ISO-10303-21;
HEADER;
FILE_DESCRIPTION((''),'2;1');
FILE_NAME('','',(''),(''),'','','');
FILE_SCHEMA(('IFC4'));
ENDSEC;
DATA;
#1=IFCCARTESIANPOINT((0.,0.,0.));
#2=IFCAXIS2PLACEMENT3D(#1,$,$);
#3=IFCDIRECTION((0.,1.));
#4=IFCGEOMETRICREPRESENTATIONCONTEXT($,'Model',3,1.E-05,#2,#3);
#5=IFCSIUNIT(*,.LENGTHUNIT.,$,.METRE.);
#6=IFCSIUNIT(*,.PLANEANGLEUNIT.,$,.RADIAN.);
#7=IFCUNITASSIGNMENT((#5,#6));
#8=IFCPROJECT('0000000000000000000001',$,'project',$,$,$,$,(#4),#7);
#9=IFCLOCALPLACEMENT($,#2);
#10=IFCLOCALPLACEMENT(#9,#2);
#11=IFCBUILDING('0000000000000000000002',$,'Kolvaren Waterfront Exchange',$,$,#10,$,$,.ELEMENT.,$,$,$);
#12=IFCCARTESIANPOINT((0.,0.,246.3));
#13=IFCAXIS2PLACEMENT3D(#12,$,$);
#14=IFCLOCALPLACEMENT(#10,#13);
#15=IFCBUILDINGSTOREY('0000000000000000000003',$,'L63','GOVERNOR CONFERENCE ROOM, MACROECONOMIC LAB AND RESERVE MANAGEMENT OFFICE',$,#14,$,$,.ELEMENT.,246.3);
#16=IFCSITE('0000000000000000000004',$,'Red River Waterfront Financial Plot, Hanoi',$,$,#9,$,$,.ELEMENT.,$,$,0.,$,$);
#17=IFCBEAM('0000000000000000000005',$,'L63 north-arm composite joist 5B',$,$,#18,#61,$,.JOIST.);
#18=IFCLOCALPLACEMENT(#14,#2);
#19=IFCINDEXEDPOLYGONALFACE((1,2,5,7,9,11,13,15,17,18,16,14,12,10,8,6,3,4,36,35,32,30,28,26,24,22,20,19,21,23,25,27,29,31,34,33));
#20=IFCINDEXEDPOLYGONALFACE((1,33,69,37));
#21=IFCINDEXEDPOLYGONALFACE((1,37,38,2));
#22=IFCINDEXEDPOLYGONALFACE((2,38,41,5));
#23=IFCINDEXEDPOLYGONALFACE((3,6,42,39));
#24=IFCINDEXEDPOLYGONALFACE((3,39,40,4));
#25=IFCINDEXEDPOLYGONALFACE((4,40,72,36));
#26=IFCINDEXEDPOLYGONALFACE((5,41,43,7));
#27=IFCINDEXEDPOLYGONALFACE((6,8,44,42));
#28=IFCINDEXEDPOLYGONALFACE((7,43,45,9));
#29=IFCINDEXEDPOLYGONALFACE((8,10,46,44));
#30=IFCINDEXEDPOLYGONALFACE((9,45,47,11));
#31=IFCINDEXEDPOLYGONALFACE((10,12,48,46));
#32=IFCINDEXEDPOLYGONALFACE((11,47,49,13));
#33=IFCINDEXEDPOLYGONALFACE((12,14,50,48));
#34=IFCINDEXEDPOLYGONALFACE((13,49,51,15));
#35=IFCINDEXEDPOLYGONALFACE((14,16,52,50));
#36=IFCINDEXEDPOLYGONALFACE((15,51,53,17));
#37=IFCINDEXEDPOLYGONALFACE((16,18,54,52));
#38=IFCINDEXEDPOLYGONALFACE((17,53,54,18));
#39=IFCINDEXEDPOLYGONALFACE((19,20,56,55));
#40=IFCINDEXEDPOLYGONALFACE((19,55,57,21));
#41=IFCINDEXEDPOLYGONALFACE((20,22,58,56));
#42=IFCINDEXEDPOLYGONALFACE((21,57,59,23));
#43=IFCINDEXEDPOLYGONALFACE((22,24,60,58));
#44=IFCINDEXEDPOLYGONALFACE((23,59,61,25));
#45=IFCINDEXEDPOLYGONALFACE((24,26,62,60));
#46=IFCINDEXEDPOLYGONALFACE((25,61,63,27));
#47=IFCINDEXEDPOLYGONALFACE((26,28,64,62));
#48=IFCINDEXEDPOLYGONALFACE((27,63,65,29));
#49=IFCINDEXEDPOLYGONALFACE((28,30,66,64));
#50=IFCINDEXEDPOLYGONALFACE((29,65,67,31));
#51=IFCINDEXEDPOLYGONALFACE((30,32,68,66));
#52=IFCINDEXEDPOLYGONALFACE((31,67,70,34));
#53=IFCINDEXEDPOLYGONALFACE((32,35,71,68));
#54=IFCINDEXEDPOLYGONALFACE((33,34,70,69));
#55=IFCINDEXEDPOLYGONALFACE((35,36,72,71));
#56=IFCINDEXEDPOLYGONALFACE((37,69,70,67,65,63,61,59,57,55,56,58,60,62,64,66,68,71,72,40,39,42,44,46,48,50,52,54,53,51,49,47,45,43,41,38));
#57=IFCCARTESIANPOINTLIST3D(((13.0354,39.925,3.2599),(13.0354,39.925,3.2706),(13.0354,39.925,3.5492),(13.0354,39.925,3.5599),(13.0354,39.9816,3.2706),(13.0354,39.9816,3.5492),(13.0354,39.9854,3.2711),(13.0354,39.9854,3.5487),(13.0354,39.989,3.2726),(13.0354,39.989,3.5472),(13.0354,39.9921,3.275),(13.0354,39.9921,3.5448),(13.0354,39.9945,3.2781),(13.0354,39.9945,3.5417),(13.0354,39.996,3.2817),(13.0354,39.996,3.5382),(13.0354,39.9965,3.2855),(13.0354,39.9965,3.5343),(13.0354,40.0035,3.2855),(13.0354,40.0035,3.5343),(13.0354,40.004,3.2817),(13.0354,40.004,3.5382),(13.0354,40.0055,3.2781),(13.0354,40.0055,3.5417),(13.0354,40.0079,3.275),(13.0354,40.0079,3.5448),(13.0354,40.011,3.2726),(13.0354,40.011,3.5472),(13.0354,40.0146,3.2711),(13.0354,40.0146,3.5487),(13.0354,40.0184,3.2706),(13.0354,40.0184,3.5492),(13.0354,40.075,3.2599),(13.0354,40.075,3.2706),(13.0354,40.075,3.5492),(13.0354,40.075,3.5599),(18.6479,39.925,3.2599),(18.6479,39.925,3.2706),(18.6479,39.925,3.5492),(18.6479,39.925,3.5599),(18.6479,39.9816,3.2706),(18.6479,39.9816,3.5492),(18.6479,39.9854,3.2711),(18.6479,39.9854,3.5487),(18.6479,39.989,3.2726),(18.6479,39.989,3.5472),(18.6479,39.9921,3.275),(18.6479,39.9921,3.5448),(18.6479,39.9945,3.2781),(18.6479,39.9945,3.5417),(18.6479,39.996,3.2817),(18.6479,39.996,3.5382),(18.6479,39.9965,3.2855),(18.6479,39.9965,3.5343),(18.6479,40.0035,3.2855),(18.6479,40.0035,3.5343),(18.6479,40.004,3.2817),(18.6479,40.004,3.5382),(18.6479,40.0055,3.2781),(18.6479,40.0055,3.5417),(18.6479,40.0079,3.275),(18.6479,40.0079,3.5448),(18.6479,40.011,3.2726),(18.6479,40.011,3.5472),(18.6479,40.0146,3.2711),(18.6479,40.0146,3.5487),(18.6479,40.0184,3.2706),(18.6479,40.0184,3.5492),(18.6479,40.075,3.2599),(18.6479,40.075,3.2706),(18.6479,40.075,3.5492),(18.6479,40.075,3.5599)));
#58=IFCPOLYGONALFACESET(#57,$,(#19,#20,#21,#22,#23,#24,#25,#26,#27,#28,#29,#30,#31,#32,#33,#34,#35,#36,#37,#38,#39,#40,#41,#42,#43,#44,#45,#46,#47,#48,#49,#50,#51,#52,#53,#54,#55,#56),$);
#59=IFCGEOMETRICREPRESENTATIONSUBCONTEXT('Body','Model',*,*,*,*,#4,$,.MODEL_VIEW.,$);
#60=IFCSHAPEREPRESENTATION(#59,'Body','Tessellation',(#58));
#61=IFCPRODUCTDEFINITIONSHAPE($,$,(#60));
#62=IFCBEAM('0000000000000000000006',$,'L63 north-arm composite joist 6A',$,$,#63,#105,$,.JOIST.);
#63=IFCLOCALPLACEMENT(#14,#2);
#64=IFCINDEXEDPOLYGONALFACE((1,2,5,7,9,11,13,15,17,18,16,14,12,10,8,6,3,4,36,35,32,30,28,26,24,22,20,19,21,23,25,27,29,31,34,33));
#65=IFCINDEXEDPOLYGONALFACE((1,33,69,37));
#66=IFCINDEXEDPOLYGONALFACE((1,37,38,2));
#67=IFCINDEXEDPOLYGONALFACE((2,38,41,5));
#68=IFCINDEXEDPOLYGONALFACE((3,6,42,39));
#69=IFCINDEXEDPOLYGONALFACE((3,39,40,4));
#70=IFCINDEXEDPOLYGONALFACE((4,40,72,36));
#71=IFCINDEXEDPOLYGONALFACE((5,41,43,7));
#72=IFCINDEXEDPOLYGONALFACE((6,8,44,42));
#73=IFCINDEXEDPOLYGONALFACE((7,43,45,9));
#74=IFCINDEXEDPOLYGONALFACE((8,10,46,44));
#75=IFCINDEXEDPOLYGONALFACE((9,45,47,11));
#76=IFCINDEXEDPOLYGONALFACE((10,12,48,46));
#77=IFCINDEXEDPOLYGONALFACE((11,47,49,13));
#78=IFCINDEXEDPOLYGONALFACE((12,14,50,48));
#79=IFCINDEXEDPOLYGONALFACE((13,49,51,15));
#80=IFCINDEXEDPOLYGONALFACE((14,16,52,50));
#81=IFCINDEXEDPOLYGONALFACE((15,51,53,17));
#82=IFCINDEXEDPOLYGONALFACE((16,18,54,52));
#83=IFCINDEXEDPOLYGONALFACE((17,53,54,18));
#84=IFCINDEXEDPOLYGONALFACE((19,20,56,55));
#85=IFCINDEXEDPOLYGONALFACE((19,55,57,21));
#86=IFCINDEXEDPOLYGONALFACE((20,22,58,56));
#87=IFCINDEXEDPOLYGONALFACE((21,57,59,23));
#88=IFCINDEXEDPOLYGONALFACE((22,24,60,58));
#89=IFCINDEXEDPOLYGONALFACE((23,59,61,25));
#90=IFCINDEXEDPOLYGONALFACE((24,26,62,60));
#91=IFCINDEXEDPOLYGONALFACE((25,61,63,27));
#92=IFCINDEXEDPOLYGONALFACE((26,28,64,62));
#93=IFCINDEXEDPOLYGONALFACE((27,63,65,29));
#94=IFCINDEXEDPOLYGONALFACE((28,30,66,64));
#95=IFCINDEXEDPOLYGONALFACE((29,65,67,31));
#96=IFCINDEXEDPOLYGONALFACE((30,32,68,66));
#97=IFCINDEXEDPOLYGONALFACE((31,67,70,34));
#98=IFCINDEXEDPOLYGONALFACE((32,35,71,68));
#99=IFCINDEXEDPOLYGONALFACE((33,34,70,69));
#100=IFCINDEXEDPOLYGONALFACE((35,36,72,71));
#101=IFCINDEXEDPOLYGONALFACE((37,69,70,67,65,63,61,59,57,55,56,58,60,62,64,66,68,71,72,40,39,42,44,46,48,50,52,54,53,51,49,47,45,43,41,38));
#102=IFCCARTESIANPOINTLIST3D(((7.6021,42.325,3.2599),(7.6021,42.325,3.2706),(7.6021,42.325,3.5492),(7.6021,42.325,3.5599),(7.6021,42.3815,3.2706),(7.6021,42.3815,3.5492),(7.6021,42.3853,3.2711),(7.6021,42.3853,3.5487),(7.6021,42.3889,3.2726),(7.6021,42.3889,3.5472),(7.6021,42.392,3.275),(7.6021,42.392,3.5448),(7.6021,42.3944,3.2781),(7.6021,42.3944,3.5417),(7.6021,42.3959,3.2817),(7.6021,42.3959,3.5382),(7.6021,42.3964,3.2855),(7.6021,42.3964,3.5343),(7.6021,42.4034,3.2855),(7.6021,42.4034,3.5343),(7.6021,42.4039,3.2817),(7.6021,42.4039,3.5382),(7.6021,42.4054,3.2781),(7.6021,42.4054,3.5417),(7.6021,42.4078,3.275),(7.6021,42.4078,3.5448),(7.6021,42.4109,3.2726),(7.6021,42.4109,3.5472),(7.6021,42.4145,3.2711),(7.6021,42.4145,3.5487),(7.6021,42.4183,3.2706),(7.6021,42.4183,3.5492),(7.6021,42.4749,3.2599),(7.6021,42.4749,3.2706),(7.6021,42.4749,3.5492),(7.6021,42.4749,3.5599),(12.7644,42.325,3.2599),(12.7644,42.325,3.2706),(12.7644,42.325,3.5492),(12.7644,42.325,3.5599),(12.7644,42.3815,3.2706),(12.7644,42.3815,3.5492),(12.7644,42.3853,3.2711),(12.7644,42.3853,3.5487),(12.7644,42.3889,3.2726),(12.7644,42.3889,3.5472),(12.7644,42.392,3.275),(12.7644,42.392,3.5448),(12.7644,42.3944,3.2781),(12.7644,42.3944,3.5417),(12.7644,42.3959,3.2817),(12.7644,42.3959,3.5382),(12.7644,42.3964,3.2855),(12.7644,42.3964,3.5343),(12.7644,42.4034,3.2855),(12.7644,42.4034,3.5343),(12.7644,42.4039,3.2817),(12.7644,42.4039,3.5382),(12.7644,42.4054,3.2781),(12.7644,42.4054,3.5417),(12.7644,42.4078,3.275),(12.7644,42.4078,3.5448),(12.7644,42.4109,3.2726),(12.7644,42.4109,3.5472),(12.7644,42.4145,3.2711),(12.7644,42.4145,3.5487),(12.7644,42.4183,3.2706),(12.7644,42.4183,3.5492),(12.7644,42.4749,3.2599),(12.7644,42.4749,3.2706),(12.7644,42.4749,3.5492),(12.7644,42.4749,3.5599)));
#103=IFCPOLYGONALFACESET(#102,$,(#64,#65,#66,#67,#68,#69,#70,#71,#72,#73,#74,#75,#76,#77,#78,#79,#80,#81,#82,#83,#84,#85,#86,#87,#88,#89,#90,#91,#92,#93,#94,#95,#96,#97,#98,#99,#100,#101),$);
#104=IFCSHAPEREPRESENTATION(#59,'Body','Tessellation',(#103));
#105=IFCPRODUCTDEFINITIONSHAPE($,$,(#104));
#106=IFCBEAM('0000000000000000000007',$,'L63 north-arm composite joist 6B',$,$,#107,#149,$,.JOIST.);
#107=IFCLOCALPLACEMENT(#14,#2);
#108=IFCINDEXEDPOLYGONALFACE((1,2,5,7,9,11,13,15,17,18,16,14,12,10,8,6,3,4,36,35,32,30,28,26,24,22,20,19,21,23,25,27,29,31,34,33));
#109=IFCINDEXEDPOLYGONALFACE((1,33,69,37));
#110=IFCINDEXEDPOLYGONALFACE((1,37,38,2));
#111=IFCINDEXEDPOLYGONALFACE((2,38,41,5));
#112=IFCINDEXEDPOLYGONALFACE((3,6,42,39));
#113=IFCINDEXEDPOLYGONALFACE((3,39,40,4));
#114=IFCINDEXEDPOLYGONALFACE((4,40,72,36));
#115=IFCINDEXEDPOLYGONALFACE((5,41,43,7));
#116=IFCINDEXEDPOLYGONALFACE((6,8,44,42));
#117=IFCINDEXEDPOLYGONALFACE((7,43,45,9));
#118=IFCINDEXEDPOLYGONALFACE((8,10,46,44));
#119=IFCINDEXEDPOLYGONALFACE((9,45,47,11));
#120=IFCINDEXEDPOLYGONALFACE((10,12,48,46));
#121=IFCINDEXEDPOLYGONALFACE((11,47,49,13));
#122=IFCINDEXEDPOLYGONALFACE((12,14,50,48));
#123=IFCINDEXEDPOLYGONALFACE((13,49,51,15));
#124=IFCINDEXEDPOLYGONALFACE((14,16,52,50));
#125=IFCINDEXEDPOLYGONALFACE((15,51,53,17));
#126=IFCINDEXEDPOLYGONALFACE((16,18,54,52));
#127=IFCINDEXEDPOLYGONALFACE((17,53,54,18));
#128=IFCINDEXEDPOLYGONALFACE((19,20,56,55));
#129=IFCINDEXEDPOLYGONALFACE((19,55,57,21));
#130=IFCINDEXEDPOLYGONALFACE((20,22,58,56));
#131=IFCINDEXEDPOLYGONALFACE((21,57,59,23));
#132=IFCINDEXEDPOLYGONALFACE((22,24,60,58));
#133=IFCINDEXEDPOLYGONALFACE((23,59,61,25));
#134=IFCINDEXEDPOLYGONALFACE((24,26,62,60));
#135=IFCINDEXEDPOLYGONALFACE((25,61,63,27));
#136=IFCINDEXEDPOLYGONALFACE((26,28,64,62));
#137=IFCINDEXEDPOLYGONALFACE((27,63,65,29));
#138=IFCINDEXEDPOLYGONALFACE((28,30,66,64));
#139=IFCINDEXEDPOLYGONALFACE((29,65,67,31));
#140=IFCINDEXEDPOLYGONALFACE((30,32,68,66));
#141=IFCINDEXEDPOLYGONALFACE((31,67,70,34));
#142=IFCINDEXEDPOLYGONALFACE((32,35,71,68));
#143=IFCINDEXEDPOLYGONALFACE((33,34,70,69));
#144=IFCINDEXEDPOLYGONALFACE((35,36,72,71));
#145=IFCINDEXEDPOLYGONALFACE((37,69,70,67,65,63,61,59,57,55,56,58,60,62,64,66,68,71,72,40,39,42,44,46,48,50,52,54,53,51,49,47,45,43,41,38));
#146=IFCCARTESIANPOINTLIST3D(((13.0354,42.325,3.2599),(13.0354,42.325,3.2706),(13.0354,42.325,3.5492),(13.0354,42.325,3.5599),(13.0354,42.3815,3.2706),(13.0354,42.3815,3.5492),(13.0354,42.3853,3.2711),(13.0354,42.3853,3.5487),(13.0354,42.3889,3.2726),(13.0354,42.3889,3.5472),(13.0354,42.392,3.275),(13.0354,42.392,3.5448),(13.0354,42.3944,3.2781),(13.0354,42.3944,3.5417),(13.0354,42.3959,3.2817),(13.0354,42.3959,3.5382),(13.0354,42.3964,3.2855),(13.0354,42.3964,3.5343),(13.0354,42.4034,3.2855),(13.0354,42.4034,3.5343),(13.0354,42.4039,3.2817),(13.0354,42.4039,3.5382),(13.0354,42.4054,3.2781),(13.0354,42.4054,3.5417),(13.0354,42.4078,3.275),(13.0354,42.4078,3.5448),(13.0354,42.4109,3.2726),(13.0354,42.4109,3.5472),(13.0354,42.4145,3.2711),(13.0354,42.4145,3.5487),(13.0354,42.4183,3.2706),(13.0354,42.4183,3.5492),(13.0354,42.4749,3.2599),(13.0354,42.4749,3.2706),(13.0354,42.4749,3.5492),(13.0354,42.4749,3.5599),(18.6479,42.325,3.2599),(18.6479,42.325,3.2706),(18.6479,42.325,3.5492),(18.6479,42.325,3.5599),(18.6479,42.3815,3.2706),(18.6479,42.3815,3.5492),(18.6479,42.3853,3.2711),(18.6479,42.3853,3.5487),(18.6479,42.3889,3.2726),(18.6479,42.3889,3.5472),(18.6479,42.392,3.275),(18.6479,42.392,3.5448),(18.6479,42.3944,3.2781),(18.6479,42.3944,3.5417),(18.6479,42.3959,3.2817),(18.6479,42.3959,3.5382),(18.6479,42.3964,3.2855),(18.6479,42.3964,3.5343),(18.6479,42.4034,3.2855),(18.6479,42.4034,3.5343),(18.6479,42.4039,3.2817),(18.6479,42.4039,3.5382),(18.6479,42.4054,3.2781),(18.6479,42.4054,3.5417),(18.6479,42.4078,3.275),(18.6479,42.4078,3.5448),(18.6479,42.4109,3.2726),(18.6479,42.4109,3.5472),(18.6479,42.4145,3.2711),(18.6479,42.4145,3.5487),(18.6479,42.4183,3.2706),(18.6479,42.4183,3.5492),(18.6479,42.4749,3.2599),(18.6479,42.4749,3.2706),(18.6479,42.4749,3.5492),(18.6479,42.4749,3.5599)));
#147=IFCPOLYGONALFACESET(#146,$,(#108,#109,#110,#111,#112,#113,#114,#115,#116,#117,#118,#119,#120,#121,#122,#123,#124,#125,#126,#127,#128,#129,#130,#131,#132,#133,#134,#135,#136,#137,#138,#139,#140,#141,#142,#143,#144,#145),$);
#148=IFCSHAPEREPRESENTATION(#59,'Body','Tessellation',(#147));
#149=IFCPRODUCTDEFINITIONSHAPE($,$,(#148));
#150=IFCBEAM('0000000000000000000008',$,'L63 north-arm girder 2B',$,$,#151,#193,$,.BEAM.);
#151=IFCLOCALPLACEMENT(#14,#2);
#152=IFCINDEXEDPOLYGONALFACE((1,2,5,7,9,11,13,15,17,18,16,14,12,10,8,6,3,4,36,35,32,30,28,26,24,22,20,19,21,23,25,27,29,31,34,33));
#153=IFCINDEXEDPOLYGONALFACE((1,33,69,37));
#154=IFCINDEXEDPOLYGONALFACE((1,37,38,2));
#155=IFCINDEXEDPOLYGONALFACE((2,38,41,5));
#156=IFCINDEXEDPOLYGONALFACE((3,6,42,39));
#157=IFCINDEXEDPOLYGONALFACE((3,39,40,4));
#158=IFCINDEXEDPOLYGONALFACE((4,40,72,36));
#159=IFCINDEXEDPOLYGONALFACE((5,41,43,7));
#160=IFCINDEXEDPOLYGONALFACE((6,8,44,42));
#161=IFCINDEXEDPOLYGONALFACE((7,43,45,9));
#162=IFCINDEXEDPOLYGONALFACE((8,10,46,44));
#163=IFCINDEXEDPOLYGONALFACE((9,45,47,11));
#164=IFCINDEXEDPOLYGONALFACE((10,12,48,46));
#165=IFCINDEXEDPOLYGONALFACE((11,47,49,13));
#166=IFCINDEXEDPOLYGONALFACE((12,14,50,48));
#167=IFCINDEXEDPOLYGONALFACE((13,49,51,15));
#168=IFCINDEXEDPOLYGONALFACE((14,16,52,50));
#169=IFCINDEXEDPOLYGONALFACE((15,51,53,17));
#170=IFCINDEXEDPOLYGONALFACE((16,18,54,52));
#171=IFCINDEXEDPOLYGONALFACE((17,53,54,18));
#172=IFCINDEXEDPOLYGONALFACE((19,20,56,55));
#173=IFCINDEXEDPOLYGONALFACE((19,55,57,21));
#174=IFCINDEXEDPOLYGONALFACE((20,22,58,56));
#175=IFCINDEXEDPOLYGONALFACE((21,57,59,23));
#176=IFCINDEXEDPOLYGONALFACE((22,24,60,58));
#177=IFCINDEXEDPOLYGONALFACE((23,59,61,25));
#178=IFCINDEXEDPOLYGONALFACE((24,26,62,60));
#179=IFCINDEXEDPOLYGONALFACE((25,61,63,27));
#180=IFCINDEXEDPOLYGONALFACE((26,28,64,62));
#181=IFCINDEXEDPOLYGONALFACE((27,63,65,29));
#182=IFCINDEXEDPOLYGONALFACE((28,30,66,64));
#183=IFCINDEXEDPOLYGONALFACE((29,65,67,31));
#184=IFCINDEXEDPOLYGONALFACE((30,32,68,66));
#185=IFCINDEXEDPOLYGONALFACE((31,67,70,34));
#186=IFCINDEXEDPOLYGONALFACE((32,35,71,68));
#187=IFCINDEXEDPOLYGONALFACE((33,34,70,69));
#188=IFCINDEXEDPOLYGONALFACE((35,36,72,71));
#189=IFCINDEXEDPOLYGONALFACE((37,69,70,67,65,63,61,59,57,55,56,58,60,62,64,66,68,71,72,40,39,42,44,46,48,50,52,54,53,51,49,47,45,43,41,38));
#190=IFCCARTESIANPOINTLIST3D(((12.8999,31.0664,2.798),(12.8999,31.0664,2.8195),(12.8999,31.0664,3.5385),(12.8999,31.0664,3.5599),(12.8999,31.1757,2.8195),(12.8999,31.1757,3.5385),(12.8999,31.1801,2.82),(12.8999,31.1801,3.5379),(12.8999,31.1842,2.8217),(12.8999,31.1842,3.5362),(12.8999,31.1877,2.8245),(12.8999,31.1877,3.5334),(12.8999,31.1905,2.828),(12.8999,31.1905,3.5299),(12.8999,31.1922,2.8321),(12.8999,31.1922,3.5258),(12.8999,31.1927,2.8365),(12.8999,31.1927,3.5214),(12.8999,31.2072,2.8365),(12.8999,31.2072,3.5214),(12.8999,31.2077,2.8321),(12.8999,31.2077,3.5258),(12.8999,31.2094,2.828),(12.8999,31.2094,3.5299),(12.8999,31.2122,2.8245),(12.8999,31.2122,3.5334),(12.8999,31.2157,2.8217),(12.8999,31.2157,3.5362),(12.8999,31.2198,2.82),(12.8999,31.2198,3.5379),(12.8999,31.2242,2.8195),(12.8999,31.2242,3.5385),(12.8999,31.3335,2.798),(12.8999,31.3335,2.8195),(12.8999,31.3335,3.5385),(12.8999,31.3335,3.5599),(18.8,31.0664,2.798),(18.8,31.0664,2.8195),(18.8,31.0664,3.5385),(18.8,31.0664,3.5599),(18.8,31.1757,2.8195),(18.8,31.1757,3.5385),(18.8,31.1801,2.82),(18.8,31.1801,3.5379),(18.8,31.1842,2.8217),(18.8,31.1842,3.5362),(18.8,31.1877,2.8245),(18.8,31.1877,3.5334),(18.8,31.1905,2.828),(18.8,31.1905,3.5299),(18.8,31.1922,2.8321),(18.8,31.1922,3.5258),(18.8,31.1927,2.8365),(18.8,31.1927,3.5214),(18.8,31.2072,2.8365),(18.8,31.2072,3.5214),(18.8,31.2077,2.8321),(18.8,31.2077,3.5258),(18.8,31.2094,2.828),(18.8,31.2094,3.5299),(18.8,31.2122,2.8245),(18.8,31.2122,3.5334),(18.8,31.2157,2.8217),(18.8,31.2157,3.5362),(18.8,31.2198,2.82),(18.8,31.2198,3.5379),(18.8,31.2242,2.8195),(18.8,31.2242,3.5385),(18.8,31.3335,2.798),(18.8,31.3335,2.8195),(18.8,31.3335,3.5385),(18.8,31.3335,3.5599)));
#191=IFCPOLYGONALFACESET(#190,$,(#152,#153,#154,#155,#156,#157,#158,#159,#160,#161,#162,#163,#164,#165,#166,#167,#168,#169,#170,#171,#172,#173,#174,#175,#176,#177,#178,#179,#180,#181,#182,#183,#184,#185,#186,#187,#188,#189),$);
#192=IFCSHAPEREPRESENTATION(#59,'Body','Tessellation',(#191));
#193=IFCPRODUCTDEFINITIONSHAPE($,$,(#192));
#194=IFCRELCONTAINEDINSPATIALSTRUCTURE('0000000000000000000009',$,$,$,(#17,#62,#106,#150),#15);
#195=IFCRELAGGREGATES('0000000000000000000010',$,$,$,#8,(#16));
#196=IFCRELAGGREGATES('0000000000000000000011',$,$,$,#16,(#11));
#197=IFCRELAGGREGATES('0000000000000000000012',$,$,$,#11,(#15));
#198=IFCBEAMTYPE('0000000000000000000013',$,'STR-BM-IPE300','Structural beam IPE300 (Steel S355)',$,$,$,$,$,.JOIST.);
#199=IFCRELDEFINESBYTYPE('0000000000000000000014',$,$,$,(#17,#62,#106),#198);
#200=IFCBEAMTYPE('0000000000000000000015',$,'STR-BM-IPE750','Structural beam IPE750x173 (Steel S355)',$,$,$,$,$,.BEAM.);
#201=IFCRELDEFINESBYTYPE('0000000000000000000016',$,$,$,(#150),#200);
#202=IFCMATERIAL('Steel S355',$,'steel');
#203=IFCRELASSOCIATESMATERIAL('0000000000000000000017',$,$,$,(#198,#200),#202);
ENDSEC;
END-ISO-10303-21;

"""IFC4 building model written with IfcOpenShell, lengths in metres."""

from ifc_helpers import new_model, si_unit, direction, frame, origin, origin_2d, place, context, subcontext, project, spatial, i_section, extrude, material, material_profile, profile_set, type_object, element, save


model = new_model("IFC4")

# Units and contexts
model_context = context("Model", 3, precision=1e-05, world=origin(), true_north=direction((0.0, 1.0)))
body_context = subcontext(model_context, "Body", "Model", "MODEL_VIEW")
ifc_project = project(units=[si_unit("LENGTHUNIT", "METRE"), si_unit("PLANEANGLEUNIT", "RADIAN")], contexts=[model_context])

# Site, building, storey
site_placement = place(None, origin())
site = spatial("IfcSite", under=ifc_project, at=site_placement, Name="Red River Waterfront Financial Plot, Hanoi", CompositionType="ELEMENT", RefElevation=0.0)
building_placement = place(site_placement, origin())
building = spatial("IfcBuilding", under=site, at=building_placement, Name="Kolvaren Waterfront Exchange", CompositionType="ELEMENT")
storey_placement = place(building_placement, frame((0.0, 0.0, 246.3)))
storey = spatial("IfcBuildingStorey", under=building, at=storey_placement, Name="L63", Description="GOVERNOR CONFERENCE ROOM, MACROECONOMIC LAB AND RESERVE MANAGEMENT OFFICE", CompositionType="ELEMENT", Elevation=246.3)

# Beams
ifc_material_1 = material(Name="Steel S355", Category="steel")
ifc_material_profile_1 = material_profile(ifc_material_1, i_section(OverallWidth=0.1499, OverallDepth=0.3, WebThickness=0.0071, FlangeThickness=0.0107, FilletRadius=0.0149, at=origin_2d()), Name="IPE300")
ifc_profile_set_1 = profile_set([ifc_material_profile_1], Name="Steel S355")
beam_type_1 = type_object("IfcBeamType", Name="STR-BM-IPE300", Description="Structural beam IPE300 (Steel S355)", PredefinedType="JOIST", material=ifc_profile_set_1)
beam_1_placement = place(storey_placement, frame((13.0354, 40.0, 3.4099), z_axis=(1.0, 0.0, 0.0), x_axis=(0.0, 1.0, 0.0)))
element("IfcBeam", 1, at=beam_1_placement, inside=storey, type_object=beam_type_1, Name="L63 north-arm composite joist 5B", PredefinedType="JOIST", context=body_context, shape_type="SweptSolid", body=[
    extrude(i_section(OverallWidth=0.1499, OverallDepth=0.3, WebThickness=0.0071, FlangeThickness=0.0107, FilletRadius=0.0149, at=origin_2d()), origin(), (0.0, 0.0, 1.0), 5.6125),
])
beam_2_placement = place(storey_placement, frame((7.6021, 42.3999, 3.4099), z_axis=(1.0, 0.0, 0.0), x_axis=(0.0, 1.0, 0.0)))
element("IfcBeam", 2, at=beam_2_placement, inside=storey, type_object=beam_type_1, Name="L63 north-arm composite joist 6A", PredefinedType="JOIST", context=body_context, shape_type="SweptSolid", body=[
    extrude(i_section(OverallWidth=0.1499, OverallDepth=0.3, WebThickness=0.0071, FlangeThickness=0.0107, FilletRadius=0.0149, at=origin_2d()), origin(), (0.0, 0.0, 1.0), 5.1624),
])
beam_3_placement = place(storey_placement, frame((13.0354, 42.3999, 3.4099), z_axis=(1.0, 0.0, 0.0), x_axis=(0.0, 1.0, 0.0)))
element("IfcBeam", 3, at=beam_3_placement, inside=storey, type_object=beam_type_1, Name="L63 north-arm composite joist 6B", PredefinedType="JOIST", context=body_context, shape_type="SweptSolid", body=[
    extrude(i_section(OverallWidth=0.1499, OverallDepth=0.3, WebThickness=0.0071, FlangeThickness=0.0107, FilletRadius=0.0149, at=origin_2d()), origin(), (0.0, 0.0, 1.0), 5.6125),
])
ifc_material_profile_2 = material_profile(ifc_material_1, i_section(OverallWidth=0.2671, OverallDepth=0.762, WebThickness=0.0144, FlangeThickness=0.0215, FilletRadius=0.0171, at=origin_2d()), Name="IPE750x173")
ifc_profile_set_2 = profile_set([ifc_material_profile_2], Name="Steel S355")
beam_type_2 = type_object("IfcBeamType", Name="STR-BM-IPE750", Description="Structural beam IPE750x173 (Steel S355)", PredefinedType="BEAM", material=ifc_profile_set_2)
beam_4_placement = place(storey_placement, frame((12.8999, 31.2, 3.179), z_axis=(1.0, 0.0, 0.0), x_axis=(0.0, 1.0, 0.0)))
element("IfcBeam", 4, at=beam_4_placement, inside=storey, type_object=beam_type_2, Name="L63 north-arm girder 2B", PredefinedType="BEAM", context=body_context, shape_type="SweptSolid", body=[
    extrude(i_section(OverallWidth=0.2671, OverallDepth=0.762, WebThickness=0.0144, FlangeThickness=0.0215, FilletRadius=0.0171, at=origin_2d()), origin(), (0.0, 0.0, 1.0), 5.9001),
])

save(model, "model.ifc")
